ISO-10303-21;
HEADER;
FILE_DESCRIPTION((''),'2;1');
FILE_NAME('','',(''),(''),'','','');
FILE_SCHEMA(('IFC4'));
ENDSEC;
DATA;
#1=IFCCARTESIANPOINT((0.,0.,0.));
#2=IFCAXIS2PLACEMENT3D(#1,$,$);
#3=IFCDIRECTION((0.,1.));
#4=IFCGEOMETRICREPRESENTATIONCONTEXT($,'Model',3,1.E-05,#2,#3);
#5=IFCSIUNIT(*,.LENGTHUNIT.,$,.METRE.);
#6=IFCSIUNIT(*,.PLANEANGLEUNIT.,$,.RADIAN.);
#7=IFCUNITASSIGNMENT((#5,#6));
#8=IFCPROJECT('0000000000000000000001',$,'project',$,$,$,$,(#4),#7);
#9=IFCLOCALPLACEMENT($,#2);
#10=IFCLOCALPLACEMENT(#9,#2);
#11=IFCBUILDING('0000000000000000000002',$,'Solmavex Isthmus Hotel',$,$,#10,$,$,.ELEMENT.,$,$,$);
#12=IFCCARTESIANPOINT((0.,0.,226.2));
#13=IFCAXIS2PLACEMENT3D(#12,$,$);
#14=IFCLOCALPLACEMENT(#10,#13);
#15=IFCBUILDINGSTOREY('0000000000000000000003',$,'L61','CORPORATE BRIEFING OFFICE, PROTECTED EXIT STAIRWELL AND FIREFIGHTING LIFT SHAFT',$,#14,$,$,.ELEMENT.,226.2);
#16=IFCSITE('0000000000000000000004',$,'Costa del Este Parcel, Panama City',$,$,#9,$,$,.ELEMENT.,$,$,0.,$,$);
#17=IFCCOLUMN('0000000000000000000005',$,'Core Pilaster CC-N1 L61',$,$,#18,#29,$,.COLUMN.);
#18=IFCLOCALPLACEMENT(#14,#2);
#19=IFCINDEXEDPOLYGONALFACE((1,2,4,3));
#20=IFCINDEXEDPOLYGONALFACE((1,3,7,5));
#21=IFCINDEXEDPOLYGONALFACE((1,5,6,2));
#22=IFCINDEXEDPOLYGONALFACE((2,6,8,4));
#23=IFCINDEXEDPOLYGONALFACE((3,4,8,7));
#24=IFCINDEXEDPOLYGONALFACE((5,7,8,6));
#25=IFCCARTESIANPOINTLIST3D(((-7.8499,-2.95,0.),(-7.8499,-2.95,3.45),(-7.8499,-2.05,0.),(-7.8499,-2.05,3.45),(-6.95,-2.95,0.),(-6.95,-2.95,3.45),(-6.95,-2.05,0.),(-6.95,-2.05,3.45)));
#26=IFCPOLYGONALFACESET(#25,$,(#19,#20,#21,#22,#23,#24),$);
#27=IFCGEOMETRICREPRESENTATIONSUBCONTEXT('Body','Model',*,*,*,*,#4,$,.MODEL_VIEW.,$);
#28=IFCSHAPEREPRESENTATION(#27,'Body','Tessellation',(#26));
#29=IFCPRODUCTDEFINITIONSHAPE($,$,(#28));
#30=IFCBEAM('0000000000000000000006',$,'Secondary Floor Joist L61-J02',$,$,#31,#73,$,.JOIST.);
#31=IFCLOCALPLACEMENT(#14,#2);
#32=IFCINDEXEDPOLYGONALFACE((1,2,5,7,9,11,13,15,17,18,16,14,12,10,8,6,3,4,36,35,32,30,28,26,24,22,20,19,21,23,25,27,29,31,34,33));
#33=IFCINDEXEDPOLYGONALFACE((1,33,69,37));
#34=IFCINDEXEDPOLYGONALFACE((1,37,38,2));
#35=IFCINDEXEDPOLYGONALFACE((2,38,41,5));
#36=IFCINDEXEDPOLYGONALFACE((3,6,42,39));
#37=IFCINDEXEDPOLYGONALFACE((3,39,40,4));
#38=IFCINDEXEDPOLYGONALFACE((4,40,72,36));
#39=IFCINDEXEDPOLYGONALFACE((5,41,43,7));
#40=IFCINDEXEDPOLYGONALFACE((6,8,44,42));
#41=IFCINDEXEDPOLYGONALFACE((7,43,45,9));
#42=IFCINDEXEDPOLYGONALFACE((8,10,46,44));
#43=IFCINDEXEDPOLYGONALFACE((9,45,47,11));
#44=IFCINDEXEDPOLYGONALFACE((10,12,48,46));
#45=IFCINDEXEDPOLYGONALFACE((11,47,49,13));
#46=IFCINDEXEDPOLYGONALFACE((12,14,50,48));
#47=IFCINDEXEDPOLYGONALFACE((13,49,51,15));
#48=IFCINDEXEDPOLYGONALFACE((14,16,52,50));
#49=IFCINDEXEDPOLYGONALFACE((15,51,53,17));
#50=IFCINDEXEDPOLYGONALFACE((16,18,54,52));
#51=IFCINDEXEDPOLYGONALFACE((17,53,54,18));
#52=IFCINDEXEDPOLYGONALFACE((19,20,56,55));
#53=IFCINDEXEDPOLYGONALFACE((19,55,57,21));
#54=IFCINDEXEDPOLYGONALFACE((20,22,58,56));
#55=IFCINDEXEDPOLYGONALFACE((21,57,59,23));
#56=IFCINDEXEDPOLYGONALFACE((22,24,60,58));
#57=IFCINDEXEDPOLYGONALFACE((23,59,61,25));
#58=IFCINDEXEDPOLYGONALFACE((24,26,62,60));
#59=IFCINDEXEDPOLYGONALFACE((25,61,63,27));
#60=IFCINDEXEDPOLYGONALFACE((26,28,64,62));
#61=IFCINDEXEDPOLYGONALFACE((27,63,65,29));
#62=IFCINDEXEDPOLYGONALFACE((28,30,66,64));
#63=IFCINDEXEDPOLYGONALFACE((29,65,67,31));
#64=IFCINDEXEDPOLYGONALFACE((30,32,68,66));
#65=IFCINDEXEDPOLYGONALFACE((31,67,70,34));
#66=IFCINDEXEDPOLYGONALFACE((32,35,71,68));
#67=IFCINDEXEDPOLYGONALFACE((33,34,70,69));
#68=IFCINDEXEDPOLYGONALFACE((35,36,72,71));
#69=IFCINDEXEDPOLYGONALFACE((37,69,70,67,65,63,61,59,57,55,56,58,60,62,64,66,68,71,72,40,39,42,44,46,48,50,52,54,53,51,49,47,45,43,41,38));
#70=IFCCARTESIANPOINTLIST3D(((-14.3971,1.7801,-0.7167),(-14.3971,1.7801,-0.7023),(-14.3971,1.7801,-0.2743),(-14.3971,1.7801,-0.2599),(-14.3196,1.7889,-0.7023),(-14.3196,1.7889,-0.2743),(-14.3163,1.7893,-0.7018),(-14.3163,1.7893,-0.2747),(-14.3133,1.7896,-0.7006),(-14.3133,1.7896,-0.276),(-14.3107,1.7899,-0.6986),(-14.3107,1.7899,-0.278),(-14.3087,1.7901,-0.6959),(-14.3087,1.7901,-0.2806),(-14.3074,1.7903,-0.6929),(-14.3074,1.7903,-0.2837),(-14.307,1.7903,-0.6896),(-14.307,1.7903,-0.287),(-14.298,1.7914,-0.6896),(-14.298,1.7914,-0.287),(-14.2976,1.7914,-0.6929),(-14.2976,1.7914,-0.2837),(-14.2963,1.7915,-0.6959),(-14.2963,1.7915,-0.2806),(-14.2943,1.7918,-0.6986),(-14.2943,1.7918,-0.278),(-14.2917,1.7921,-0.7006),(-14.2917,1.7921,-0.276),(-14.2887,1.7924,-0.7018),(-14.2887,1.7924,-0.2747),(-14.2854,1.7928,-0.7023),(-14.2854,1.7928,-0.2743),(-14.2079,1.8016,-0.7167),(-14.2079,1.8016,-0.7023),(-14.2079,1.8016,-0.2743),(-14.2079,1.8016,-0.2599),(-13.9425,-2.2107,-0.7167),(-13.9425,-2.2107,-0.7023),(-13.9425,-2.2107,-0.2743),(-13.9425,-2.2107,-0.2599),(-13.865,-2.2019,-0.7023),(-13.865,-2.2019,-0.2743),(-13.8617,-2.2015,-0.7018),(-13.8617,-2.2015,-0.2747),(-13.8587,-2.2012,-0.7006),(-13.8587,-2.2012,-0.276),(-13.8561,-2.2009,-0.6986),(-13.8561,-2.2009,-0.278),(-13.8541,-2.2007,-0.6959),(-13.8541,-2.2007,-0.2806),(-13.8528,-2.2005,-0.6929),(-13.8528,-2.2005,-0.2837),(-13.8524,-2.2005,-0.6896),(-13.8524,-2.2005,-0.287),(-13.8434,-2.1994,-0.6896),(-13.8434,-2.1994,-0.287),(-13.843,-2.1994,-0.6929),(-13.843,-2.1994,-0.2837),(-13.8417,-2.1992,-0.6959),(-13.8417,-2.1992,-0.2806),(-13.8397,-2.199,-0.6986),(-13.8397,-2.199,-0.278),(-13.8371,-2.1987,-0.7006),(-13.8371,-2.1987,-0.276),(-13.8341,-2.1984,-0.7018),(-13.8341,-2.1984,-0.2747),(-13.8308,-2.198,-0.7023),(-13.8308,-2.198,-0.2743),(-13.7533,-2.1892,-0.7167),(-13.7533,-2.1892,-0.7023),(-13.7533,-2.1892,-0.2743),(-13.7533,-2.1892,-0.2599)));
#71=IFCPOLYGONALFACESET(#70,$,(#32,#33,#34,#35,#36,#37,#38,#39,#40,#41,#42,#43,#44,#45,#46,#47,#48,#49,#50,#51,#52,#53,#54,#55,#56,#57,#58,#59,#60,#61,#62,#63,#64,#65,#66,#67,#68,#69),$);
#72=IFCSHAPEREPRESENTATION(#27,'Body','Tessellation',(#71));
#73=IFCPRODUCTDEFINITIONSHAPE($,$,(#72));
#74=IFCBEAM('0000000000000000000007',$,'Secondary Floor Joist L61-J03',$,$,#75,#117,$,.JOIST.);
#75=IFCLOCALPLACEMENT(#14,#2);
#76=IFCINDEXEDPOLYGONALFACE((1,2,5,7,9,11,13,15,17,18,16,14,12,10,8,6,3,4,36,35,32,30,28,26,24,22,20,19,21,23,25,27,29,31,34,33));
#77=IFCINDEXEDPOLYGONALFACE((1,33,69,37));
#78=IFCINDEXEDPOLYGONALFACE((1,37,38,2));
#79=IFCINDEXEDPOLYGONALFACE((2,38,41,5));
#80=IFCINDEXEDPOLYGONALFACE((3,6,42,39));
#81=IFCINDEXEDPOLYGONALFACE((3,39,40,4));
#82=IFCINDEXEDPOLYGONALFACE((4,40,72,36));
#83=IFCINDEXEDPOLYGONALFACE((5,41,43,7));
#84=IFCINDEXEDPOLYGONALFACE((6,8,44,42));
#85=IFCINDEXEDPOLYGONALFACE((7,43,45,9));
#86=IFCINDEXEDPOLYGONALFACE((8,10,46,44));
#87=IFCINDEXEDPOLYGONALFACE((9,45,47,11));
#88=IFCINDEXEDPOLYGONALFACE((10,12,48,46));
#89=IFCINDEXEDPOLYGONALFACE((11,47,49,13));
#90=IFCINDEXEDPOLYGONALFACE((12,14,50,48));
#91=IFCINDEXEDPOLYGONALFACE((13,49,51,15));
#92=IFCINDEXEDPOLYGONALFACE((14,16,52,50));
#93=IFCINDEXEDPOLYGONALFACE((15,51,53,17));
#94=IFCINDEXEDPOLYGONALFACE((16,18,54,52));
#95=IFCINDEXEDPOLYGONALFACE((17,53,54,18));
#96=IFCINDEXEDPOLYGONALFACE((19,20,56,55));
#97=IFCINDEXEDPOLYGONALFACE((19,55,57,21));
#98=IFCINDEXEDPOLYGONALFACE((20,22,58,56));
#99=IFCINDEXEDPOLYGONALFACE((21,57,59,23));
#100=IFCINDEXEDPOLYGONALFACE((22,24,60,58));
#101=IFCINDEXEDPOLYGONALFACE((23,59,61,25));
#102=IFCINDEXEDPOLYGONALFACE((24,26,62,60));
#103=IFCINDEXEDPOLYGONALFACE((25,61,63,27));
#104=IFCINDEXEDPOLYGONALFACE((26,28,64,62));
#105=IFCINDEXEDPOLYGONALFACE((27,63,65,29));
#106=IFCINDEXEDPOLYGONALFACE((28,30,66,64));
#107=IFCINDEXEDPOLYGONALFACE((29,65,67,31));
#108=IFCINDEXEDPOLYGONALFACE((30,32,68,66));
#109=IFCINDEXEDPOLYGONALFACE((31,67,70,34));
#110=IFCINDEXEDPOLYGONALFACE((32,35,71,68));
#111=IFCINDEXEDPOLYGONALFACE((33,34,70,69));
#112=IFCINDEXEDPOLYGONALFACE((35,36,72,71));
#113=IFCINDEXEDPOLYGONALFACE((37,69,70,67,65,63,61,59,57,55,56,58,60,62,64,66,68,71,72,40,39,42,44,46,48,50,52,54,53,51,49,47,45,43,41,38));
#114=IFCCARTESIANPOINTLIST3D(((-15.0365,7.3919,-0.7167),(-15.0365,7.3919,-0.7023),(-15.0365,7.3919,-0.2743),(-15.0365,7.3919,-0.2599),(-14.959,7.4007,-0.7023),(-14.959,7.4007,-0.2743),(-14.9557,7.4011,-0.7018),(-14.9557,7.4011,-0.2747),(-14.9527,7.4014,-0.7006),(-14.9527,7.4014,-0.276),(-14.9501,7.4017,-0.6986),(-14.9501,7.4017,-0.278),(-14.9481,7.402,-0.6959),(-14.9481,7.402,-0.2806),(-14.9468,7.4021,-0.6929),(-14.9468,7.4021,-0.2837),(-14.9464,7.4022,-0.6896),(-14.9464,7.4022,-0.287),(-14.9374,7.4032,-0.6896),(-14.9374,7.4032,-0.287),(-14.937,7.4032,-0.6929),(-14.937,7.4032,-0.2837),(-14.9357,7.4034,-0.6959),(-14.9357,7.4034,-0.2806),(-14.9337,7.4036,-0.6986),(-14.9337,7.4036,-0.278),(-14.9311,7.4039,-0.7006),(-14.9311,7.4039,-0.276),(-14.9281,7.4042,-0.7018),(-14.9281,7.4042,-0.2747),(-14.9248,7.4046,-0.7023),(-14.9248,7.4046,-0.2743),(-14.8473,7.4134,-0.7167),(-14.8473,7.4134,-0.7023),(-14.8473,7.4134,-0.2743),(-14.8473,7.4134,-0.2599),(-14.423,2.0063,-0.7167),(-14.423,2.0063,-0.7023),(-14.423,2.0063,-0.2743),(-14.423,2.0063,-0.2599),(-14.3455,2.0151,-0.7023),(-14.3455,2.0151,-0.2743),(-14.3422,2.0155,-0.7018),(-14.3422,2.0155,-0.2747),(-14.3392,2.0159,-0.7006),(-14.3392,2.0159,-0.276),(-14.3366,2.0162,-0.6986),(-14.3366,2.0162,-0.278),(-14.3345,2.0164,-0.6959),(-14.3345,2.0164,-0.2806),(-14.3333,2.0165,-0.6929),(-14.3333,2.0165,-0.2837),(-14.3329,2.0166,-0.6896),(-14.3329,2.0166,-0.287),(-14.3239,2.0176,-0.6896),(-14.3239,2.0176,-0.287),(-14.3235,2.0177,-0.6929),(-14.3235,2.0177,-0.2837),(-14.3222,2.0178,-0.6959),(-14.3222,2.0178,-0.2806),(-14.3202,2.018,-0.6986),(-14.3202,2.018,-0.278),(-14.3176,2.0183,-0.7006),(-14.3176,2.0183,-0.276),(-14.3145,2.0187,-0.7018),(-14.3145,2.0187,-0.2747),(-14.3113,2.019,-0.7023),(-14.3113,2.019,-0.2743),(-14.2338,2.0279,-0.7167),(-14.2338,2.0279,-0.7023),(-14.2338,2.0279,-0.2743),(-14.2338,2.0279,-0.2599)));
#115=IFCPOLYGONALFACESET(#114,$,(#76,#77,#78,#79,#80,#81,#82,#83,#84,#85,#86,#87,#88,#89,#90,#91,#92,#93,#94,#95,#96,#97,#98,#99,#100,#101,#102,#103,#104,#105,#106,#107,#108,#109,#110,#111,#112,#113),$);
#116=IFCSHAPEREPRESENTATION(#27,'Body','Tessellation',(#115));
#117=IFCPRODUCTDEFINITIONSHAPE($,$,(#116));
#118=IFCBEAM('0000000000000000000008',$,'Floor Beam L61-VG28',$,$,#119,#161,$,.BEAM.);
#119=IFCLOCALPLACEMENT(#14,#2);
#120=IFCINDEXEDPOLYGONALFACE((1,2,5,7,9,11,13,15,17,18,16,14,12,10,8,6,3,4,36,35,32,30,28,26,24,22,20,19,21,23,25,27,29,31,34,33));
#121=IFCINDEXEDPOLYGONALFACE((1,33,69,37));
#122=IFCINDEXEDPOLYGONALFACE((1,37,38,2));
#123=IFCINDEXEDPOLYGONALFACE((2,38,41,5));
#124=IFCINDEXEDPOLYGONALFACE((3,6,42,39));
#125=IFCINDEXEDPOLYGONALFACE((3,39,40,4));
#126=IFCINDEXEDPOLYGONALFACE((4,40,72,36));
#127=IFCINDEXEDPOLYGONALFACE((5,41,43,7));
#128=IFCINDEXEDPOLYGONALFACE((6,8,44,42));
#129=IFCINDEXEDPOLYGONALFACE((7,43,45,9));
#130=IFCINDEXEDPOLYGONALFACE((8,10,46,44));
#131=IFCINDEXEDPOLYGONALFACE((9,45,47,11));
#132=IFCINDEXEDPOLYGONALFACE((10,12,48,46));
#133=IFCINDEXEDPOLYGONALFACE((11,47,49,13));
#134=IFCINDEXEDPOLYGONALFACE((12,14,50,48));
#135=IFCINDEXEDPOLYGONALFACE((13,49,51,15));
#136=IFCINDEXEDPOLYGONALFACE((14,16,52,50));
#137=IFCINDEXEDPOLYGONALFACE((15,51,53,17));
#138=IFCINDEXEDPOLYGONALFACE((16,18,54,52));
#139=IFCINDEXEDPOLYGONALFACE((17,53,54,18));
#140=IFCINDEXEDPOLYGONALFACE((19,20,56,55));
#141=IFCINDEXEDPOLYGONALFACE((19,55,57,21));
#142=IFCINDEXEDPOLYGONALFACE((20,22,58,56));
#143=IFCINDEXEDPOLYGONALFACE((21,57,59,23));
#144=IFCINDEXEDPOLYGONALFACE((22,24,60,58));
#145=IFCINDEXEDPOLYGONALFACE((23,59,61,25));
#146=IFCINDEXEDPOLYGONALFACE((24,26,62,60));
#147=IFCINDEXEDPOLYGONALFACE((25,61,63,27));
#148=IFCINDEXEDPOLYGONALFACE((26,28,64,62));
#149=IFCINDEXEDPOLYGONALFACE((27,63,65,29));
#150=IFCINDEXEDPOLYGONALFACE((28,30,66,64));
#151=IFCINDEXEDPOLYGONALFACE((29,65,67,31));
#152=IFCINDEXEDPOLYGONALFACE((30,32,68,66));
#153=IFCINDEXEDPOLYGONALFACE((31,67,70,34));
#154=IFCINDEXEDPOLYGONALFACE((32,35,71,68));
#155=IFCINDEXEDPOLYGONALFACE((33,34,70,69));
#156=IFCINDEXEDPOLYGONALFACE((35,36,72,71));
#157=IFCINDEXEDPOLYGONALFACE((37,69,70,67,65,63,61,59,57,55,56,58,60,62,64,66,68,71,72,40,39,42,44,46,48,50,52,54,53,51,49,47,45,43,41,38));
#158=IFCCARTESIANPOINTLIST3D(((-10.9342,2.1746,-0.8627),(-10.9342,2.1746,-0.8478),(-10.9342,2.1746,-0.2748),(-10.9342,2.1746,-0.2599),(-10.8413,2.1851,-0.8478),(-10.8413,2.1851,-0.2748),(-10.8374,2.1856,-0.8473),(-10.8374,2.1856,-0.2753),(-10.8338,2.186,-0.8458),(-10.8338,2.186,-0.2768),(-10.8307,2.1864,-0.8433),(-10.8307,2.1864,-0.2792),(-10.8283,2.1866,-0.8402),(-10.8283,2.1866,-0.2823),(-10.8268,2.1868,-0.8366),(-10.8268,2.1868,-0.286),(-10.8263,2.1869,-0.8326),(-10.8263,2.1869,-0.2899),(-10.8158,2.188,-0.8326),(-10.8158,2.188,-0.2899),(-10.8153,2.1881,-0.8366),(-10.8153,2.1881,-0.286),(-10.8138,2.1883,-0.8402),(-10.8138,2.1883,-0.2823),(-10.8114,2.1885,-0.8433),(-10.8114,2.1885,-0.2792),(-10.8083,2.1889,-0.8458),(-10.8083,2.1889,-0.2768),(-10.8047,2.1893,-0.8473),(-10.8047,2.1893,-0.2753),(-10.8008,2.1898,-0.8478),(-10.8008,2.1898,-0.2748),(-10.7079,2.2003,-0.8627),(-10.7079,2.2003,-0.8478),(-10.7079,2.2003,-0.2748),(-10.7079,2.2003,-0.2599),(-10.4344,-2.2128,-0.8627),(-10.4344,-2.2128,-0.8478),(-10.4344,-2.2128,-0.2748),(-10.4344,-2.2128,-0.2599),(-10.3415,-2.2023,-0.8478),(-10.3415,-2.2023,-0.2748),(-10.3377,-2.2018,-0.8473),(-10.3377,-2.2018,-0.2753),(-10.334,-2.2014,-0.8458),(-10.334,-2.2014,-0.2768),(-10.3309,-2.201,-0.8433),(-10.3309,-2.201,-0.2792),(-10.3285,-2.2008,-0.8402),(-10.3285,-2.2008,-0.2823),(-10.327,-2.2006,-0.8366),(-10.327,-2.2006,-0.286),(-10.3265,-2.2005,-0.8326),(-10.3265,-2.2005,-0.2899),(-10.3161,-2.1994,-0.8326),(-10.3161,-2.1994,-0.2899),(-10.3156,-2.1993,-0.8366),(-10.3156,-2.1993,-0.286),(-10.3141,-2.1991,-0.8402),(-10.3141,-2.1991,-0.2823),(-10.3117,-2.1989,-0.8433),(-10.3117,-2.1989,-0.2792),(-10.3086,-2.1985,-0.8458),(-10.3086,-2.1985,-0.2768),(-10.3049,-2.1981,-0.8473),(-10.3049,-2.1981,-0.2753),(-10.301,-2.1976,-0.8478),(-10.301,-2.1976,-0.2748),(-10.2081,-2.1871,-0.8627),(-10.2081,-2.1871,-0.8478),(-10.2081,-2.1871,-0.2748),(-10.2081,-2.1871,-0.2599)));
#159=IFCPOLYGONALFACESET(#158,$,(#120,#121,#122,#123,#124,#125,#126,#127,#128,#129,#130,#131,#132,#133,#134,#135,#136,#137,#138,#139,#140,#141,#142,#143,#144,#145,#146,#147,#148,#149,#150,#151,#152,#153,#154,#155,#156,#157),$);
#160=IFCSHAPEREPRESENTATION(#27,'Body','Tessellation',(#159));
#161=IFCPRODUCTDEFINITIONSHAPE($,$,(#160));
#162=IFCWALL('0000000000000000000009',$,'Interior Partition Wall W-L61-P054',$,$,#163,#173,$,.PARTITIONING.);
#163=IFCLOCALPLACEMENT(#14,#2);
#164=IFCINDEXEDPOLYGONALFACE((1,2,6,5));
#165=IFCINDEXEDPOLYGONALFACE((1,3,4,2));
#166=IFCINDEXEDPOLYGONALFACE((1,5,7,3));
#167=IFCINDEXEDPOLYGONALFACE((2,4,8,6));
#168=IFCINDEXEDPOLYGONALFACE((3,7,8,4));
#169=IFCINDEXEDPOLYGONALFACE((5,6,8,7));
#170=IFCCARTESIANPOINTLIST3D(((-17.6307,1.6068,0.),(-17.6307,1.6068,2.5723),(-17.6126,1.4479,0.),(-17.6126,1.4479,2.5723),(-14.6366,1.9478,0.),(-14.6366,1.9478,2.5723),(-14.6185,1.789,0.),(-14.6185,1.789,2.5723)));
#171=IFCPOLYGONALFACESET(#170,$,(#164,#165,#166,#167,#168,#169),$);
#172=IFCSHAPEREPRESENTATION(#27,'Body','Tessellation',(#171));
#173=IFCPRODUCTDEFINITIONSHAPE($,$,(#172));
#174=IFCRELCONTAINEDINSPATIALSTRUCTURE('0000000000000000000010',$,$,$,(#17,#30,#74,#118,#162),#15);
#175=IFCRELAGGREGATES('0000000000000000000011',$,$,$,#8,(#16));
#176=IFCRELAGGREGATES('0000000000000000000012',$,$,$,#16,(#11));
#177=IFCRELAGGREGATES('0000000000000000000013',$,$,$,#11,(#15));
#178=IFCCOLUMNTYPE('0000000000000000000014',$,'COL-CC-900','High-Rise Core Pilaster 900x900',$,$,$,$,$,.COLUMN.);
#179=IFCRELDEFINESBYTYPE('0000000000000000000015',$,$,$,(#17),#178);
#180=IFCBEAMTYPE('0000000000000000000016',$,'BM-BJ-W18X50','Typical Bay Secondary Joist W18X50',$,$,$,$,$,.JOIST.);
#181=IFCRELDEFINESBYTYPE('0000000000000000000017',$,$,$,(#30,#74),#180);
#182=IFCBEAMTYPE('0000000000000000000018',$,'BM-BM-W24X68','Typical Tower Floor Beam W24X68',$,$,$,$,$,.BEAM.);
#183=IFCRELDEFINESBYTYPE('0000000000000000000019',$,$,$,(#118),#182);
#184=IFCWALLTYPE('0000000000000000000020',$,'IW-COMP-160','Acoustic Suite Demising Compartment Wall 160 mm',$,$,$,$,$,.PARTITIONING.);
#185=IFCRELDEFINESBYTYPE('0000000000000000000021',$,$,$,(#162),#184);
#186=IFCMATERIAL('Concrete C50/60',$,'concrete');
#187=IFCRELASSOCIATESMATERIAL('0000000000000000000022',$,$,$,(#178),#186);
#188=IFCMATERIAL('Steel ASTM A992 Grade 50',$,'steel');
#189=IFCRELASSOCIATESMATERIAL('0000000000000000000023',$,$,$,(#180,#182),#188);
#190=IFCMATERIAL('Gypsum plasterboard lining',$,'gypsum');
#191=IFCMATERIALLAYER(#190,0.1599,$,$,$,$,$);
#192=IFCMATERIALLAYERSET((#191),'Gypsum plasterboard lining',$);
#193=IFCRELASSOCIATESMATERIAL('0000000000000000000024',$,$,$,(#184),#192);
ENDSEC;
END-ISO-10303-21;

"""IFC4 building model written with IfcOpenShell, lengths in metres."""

from ifc_helpers import new_model, si_unit, direction, frame, frame_2d, origin, origin_2d, place, context, subcontext, project, spatial, rectangle, i_section, extrude, material, layer, layer_set, material_profile, profile_set, type_object, element, save


model = new_model("IFC4")

# Units and contexts
model_context = context("Model", 3, precision=1e-05, world=origin(), true_north=direction((0.0, 1.0)))
body_context = subcontext(model_context, "Body", "Model", "MODEL_VIEW")
ifc_project = project(units=[si_unit("LENGTHUNIT", "METRE"), si_unit("PLANEANGLEUNIT", "RADIAN")], contexts=[model_context])

# Site, building, storey
site_placement = place(None, origin())
site = spatial("IfcSite", under=ifc_project, at=site_placement, Name="Costa del Este Parcel, Panama City", CompositionType="ELEMENT", RefElevation=0.0)
building_placement = place(site_placement, origin())
building = spatial("IfcBuilding", under=site, at=building_placement, Name="Solmavex Isthmus Hotel", CompositionType="ELEMENT")
storey_placement = place(building_placement, frame((0.0, 0.0, 226.2)))
storey = spatial("IfcBuildingStorey", under=building, at=storey_placement, Name="L61", Description="CORPORATE BRIEFING OFFICE, PROTECTED EXIT STAIRWELL AND FIREFIGHTING LIFT SHAFT", CompositionType="ELEMENT", Elevation=226.2)

# Column
ifc_material_1 = material(Name="Concrete C50/60", Category="concrete")
ifc_material_profile_1 = material_profile(ifc_material_1, rectangle(XDim=0.8999, YDim=0.8999, at=origin_2d()), Name="RC900X900")
ifc_profile_set_1 = profile_set([ifc_material_profile_1], Name="Concrete C50/60")
column_type = type_object("IfcColumnType", Name="COL-CC-900", Description="High-Rise Core Pilaster 900x900", PredefinedType="COLUMN", material=ifc_profile_set_1)
column_placement = place(storey_placement, frame((-7.3999, -2.5, 0.0), z_axis=(0.0, 0.0, 1.0), x_axis=(1.0, 0.0, 0.0)))
element("IfcColumn", 1, at=column_placement, inside=storey, type_object=column_type, Name="Core Pilaster CC-N1 L61", PredefinedType="COLUMN", context=body_context, shape_type="SweptSolid", body=[
    extrude(rectangle(XDim=0.8999, YDim=0.8999, at=origin_2d()), origin(), (0.0, 0.0, 1.0), 3.45),
])

# Beams
ifc_material_2 = material(Name="Steel ASTM A992 Grade 50", Category="steel")
ifc_material_profile_2 = material_profile(ifc_material_2, i_section(OverallWidth=0.1904, OverallDepth=0.4568, WebThickness=0.009, FlangeThickness=0.0144, FilletRadius=0.0127, at=origin_2d()), Name="W18X50")
ifc_profile_set_2 = profile_set([ifc_material_profile_2], Name="Steel ASTM A992 Grade 50")
beam_type_1 = type_object("IfcBeamType", Name="BM-BJ-W18X50", Description="Typical Bay Secondary Joist W18X50", PredefinedType="JOIST", material=ifc_profile_set_2)
beam_1_placement = place(storey_placement, frame((-13.8479, -2.2, -0.4883), z_axis=(-0.11318, 0.993575, 0.0), x_axis=(-0.993575, -0.11318, 0.0)))
element("IfcBeam", 2, at=beam_1_placement, inside=storey, type_object=beam_type_1, Name="Secondary Floor Joist L61-J02", PredefinedType="JOIST", context=body_context, shape_type="SweptSolid", body=[
    extrude(i_section(OverallWidth=0.1904, OverallDepth=0.4568, WebThickness=0.009, FlangeThickness=0.0144, FilletRadius=0.0127, at=origin_2d()), origin(), (0.0, 0.0, 1.0), 4.0166),
])
beam_2_placement = place(storey_placement, frame((-14.3284, 2.0171, -0.4883), z_axis=(-0.11319, 0.993573, 0.0), x_axis=(-0.993573, -0.11319, 0.0)))
element("IfcBeam", 3, at=beam_2_placement, inside=storey, type_object=beam_type_1, Name="Secondary Floor Joist L61-J03", PredefinedType="JOIST", context=body_context, shape_type="SweptSolid", body=[
    extrude(i_section(OverallWidth=0.1904, OverallDepth=0.4568, WebThickness=0.009, FlangeThickness=0.0144, FilletRadius=0.0127, at=origin_2d()), origin(), (0.0, 0.0, 1.0), 5.4204),
])
ifc_material_profile_3 = material_profile(ifc_material_2, i_section(OverallWidth=0.2278, OverallDepth=0.6028, WebThickness=0.0105, FlangeThickness=0.0149, FilletRadius=0.0151, at=origin_2d()), Name="W24X68")
ifc_profile_set_3 = profile_set([ifc_material_profile_3], Name="Steel ASTM A992 Grade 50")
beam_type_2 = type_object("IfcBeamType", Name="BM-BM-W24X68", Description="Typical Tower Floor Beam W24X68", PredefinedType="BEAM", material=ifc_profile_set_3)
beam_3_placement = place(storey_placement, frame((-10.3213, -2.2, -0.5613), z_axis=(-0.113174, 0.993575, 0.0), x_axis=(-0.993575, -0.113174, 0.0)))
element("IfcBeam", 4, at=beam_3_placement, inside=storey, type_object=beam_type_2, Name="Floor Beam L61-VG28", PredefinedType="BEAM", context=body_context, shape_type="SweptSolid", body=[
    extrude(i_section(OverallWidth=0.2278, OverallDepth=0.6028, WebThickness=0.0105, FlangeThickness=0.0149, FilletRadius=0.0151, at=origin_2d()), origin(), (0.0, 0.0, 1.0), 4.4158),
])

# Wall
ifc_material_3 = material(Name="Gypsum plasterboard lining", Category="gypsum")
ifc_layer_1 = layer(ifc_material_3, 0.1599)
ifc_layer_set_1 = layer_set([ifc_layer_1], Name="Gypsum plasterboard lining")
wall_type_1 = type_object("IfcWallType", Name="IW-COMP-160", Description="Acoustic Suite Demising Compartment Wall 160 mm", PredefinedType="PARTITIONING", material=ifc_layer_set_1)
wall_1_placement = place(storey_placement, frame((-14.6274, 1.8684, 0.0), z_axis=(0.0, 0.0, 1.0), x_axis=(-0.993575, -0.113179, 0.0)))
element("IfcWall", 5, at=wall_1_placement, inside=storey, type_object=wall_type_1, Name="Interior Partition Wall W-L61-P054", PredefinedType="PARTITIONING", context=body_context, shape_type="SweptSolid", body=[
    extrude(rectangle(XDim=3.0134, YDim=0.1599, at=frame_2d((1.5068, 0.0))), origin(), (0.0, 0.0, 1.0), 2.5723),
])

save(model, "model.ifc")
